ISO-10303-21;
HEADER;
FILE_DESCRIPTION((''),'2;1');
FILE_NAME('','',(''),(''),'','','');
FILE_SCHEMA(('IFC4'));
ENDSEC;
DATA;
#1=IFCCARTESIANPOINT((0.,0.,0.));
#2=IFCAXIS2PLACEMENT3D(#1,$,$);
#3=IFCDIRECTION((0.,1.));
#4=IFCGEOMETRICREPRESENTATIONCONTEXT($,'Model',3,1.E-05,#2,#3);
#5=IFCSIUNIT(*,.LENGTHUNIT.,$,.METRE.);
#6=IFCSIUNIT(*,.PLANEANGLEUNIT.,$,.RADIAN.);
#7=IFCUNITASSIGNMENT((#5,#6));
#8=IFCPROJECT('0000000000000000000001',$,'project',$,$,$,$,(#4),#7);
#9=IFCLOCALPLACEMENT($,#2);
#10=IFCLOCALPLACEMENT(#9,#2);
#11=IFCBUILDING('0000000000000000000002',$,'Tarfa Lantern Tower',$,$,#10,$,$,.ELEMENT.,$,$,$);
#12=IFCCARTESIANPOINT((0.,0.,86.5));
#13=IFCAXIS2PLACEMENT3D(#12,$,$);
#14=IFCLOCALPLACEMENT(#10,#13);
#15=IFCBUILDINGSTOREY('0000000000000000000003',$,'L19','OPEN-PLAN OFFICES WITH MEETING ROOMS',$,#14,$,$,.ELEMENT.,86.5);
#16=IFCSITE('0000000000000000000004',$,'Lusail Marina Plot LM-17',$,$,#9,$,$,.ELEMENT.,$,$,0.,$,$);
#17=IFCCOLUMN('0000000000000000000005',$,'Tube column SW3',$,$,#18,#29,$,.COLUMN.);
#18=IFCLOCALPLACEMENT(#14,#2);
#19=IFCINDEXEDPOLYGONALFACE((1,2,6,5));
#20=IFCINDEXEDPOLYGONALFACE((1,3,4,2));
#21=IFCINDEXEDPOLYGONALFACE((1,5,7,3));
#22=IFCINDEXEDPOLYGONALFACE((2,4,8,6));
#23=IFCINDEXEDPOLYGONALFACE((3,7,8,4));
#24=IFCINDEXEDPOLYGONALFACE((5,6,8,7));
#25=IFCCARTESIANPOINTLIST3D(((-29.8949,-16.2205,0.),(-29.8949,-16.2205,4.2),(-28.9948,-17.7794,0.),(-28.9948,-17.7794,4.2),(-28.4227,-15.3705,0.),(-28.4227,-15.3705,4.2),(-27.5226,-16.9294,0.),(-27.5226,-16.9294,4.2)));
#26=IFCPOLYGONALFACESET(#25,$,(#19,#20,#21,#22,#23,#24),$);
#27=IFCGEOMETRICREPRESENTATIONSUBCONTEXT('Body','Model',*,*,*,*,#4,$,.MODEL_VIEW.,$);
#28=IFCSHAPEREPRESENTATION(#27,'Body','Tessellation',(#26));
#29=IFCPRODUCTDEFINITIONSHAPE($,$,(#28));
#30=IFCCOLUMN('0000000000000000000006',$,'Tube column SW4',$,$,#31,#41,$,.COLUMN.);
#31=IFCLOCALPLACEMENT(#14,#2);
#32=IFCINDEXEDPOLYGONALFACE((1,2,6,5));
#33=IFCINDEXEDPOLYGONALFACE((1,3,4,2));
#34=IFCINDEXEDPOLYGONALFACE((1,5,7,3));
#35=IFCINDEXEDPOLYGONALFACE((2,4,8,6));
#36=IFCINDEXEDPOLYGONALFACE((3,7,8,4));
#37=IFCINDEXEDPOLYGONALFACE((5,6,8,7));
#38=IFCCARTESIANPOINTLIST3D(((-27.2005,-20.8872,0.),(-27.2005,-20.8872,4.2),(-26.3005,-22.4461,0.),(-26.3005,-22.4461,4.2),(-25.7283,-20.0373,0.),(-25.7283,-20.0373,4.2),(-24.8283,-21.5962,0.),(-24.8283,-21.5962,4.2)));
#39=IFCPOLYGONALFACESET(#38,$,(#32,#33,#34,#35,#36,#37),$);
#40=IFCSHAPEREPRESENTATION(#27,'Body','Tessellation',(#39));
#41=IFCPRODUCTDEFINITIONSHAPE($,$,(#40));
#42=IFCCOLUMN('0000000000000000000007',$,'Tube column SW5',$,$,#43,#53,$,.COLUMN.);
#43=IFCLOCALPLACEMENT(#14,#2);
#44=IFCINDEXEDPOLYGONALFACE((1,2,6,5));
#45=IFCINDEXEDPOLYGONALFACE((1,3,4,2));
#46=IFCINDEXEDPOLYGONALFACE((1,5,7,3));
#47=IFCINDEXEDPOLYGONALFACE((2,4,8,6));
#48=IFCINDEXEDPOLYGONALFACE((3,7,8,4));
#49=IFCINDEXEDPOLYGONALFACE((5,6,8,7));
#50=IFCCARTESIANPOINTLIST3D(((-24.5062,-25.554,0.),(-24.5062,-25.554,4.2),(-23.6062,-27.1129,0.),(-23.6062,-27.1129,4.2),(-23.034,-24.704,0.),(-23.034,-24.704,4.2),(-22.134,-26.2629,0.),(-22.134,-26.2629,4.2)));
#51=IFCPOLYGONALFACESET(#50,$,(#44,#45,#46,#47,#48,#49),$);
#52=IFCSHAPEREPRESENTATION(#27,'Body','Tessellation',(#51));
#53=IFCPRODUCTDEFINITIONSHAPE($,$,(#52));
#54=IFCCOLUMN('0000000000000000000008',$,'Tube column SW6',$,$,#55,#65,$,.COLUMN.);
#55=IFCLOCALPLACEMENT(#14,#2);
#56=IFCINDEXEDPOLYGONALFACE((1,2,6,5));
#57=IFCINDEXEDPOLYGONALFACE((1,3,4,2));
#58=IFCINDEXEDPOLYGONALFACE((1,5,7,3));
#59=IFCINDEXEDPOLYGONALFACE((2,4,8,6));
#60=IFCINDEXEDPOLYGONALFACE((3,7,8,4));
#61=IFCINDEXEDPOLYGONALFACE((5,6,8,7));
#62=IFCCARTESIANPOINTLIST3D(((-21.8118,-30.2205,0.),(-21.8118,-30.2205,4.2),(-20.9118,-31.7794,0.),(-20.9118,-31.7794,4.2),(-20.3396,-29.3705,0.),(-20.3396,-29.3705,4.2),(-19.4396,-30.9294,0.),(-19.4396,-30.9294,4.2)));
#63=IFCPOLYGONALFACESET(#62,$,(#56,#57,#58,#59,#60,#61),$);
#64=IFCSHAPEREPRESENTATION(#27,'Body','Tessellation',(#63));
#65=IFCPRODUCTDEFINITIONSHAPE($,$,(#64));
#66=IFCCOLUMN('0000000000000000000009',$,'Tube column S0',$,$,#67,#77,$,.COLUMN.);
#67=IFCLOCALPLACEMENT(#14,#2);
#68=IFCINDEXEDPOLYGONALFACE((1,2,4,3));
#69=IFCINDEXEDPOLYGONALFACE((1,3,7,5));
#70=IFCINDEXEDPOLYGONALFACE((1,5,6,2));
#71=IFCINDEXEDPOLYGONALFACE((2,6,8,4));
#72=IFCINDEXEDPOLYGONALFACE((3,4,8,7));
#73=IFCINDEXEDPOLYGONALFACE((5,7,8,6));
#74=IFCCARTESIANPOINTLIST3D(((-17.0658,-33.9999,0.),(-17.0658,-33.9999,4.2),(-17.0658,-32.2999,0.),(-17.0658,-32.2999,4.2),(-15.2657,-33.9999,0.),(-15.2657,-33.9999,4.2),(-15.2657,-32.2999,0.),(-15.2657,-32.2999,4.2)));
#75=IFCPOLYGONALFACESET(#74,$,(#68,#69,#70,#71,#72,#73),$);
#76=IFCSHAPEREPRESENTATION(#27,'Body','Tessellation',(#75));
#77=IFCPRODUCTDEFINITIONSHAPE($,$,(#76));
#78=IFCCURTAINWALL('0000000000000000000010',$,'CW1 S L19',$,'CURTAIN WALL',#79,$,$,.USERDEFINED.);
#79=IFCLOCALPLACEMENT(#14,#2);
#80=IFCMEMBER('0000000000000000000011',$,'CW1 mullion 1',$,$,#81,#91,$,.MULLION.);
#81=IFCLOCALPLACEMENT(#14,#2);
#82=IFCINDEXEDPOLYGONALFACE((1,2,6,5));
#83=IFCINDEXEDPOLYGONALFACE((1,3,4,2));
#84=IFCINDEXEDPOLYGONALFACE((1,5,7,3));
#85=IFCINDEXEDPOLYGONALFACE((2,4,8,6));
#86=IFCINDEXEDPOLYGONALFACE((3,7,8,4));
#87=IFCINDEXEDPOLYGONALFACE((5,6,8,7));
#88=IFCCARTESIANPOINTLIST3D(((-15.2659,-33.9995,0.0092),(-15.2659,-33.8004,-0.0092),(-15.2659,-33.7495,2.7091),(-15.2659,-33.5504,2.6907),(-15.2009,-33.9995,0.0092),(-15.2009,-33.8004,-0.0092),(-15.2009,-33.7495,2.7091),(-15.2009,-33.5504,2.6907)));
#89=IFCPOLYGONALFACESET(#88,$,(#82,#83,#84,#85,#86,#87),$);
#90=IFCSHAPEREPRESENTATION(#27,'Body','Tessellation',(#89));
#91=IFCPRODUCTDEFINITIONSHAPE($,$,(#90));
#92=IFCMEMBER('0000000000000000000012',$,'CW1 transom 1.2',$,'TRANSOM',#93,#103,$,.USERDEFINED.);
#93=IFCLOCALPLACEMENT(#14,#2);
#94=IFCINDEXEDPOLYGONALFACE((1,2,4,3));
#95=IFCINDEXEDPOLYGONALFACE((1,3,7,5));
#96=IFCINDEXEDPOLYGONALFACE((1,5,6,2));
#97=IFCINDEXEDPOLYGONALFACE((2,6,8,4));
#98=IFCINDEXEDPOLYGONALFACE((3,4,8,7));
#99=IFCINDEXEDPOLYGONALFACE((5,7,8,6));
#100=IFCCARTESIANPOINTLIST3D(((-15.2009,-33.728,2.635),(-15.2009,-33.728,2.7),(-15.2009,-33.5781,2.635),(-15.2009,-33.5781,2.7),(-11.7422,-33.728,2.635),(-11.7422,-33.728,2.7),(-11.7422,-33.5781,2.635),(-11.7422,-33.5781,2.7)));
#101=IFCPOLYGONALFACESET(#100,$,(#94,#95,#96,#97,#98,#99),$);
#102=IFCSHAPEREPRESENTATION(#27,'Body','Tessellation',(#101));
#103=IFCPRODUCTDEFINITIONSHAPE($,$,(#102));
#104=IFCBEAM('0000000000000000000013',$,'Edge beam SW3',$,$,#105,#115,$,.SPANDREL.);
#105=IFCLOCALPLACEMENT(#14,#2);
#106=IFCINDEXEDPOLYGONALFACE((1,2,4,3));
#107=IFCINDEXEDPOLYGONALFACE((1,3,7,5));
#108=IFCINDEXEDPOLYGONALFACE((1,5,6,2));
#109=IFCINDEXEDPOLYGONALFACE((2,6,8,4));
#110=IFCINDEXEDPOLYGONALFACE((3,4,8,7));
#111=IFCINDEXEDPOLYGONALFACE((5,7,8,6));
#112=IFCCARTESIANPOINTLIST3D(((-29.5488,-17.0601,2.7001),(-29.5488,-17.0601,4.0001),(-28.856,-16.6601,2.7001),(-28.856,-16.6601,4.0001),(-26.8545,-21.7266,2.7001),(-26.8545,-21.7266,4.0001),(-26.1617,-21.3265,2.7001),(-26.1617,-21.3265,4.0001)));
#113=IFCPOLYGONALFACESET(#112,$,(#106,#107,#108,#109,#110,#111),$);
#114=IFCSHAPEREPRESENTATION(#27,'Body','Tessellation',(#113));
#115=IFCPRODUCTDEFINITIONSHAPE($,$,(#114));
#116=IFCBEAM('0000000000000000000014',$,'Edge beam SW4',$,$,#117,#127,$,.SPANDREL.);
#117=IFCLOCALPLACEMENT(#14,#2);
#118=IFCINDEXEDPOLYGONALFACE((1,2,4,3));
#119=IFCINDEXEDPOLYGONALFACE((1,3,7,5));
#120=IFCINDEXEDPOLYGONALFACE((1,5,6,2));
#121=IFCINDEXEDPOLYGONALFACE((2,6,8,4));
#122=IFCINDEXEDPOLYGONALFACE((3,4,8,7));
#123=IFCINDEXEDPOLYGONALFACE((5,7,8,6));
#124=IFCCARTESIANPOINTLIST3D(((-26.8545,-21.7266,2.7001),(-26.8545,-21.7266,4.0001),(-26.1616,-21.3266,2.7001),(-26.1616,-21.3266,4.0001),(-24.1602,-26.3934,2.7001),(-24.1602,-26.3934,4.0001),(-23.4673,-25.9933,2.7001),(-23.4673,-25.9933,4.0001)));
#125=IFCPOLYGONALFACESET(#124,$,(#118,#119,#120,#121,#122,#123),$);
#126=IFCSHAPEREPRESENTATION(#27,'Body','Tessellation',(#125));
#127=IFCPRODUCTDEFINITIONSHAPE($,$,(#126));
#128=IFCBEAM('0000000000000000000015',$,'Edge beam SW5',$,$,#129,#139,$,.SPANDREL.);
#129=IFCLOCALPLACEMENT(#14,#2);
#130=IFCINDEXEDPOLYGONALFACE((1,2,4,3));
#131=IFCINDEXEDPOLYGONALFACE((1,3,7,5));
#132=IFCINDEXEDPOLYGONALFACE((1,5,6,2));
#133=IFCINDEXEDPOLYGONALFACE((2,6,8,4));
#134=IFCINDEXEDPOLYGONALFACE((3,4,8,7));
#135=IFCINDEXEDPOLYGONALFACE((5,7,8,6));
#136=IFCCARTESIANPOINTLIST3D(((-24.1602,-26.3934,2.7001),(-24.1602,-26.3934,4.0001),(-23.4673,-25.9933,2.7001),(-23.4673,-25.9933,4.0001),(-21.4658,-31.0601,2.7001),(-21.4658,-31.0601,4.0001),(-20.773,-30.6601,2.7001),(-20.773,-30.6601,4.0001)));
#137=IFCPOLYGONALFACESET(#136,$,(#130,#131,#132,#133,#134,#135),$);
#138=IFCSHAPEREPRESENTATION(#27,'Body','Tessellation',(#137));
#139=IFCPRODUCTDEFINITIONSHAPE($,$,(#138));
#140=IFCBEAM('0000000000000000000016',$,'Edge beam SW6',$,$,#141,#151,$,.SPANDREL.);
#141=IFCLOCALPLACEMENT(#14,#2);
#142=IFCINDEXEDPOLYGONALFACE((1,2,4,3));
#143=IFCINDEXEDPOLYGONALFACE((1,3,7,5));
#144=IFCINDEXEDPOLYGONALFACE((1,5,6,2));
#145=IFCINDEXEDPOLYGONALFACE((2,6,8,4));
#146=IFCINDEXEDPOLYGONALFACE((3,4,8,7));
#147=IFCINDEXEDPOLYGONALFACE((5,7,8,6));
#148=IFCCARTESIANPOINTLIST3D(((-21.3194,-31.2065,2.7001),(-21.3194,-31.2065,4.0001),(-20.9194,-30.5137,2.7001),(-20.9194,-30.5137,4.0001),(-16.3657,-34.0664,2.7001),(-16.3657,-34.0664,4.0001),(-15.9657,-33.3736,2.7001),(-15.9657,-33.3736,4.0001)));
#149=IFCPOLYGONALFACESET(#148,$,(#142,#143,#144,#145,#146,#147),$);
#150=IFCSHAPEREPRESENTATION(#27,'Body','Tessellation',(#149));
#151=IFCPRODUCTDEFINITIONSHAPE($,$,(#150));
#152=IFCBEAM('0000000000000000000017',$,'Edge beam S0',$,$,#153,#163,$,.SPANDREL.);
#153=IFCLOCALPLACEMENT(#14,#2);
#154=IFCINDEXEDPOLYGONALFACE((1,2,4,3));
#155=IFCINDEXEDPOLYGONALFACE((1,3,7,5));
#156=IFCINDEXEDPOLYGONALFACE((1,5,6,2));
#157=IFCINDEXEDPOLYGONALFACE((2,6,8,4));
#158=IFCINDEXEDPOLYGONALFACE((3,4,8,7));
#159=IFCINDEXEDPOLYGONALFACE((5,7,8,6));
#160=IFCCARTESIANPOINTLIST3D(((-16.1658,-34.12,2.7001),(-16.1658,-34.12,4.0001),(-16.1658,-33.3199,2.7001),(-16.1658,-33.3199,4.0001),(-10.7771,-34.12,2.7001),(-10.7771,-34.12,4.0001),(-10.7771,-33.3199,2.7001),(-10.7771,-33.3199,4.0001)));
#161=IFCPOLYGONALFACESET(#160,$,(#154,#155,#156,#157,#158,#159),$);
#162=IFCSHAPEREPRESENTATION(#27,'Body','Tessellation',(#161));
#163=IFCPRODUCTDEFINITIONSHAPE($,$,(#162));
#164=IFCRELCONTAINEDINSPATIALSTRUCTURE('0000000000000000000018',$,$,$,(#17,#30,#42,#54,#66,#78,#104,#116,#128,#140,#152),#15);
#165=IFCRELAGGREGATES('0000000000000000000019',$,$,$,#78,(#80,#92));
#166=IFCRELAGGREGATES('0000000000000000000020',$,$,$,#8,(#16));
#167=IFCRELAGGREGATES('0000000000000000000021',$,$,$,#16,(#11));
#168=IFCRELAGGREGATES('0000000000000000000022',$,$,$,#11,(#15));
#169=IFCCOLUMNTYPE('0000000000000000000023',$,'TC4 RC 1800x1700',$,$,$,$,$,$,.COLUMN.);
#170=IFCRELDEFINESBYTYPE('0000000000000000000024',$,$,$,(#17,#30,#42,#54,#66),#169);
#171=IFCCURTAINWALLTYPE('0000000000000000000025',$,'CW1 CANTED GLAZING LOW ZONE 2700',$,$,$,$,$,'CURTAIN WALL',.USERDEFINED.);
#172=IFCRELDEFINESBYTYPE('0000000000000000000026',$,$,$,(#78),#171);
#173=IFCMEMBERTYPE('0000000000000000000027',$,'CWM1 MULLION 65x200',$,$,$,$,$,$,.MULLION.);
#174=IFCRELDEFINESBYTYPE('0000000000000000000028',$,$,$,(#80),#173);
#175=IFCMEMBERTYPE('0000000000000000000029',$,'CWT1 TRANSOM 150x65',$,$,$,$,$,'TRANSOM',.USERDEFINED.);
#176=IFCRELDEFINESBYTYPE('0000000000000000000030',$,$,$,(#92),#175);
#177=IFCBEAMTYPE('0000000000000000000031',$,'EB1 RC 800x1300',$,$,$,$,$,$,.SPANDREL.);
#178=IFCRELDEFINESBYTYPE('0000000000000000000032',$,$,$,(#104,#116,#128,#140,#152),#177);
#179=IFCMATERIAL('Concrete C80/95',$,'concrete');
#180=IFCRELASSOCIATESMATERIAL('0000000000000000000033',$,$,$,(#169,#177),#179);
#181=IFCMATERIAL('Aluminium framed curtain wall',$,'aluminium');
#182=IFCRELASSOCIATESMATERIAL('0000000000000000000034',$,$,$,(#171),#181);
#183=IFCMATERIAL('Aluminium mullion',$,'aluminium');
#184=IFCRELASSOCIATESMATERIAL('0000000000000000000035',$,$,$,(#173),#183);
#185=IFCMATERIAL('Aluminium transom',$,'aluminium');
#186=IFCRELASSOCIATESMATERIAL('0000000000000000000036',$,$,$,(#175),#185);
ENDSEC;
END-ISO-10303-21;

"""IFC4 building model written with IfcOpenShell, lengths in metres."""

from ifc_helpers import new_model, si_unit, direction, frame, origin, origin_2d, place, context, subcontext, project, spatial, rectangle, extrude, material, material_profile, profile_set, type_object, element, aggregate, save


model = new_model("IFC4")

# Units and contexts
model_context = context("Model", 3, precision=1e-05, world=origin(), true_north=direction((0.0, 1.0)))
body_context = subcontext(model_context, "Body", "Model", "MODEL_VIEW")
ifc_project = project(units=[si_unit("LENGTHUNIT", "METRE"), si_unit("PLANEANGLEUNIT", "RADIAN")], contexts=[model_context])

# Site, building, storey
site_placement = place(None, origin())
site = spatial("IfcSite", under=ifc_project, at=site_placement, Name="Lusail Marina Plot LM-17", CompositionType="ELEMENT", RefElevation=0.0)
building_placement = place(site_placement, origin())
building = spatial("IfcBuilding", under=site, at=building_placement, Name="Tarfa Lantern Tower", CompositionType="ELEMENT")
storey_placement = place(building_placement, frame((0.0, 0.0, 86.5)))
storey = spatial("IfcBuildingStorey", under=building, at=storey_placement, Name="L19", Description="OPEN-PLAN OFFICES WITH MEETING ROOMS", CompositionType="ELEMENT", Elevation=86.5)

# Columns
ifc_material_1 = material(Name="Concrete C80/95", Category="concrete")
ifc_material_profile_1 = material_profile(ifc_material_1, rectangle(XDim=1.8, YDim=1.7, at=origin_2d()), Name="RC 1800x1700")
ifc_profile_set_1 = profile_set([ifc_material_profile_1], Name="Concrete C80/95")
column_type = type_object("IfcColumnType", Name="TC4 RC 1800x1700", PredefinedType="COLUMN", material=ifc_profile_set_1)
for number, where, z_axis, x_axis, name in (
    (1, (-28.7087, -16.575, 0.0), (0.0, 0.0, 1.0), (0.5, -0.866025, 0.0), "Tube column SW3"),
    (2, (-26.0144, -21.2417, 0.0), (0.0, 0.0, 1.0), (0.5, -0.866025, 0.0), "Tube column SW4"),
    (3, (-23.3201, -25.9084, 0.0), (0.0, 0.0, 1.0), (0.5, -0.866025, 0.0), "Tube column SW5"),
    (4, (-20.6257, -30.575, 0.0), (0.0, 0.0, 1.0), (0.5, -0.866025, 0.0), "Tube column SW6"),
    (5, (-16.1658, -33.1499, 0.0), (0.0, 0.0, 1.0), (1.0, 0.0, 0.0), "Tube column S0"),
):
    element("IfcColumn", number, at=place(storey_placement, frame(where, z_axis=z_axis, x_axis=x_axis)), inside=storey, type_object=column_type, Name=name, PredefinedType="COLUMN", context=body_context, shape_type="SweptSolid", body=[
        extrude(rectangle(XDim=1.8, YDim=1.7, at=origin_2d()), origin(), (0.0, 0.0, 1.0), 4.2),
    ])

# Curtain wall, members
ifc_material_2 = material(Name="Aluminium framed curtain wall", Category="aluminium")
curtain_wall_type = type_object("IfcCurtainWallType", Name="CW1 CANTED GLAZING LOW ZONE 2700", ElementType="CURTAIN WALL", PredefinedType="USERDEFINED", material=ifc_material_2)
curtain_wall_placement = place(storey_placement, origin())
curtain_wall = element("IfcCurtainWall", 6, at=curtain_wall_placement, inside=storey, type_object=curtain_wall_type, Name="CW1 S L19", ObjectType="CURTAIN WALL", PredefinedType="USERDEFINED")
ifc_material_3 = material(Name="Aluminium mullion", Category="aluminium")
ifc_material_profile_2 = material_profile(ifc_material_3, rectangle(XDim=0.0649, YDim=0.2, at=origin_2d()), Name="AL MULLION 65x200")
ifc_profile_set_2 = profile_set([ifc_material_profile_2], Name="Aluminium mullion")
member_type_1 = type_object("IfcMemberType", Name="CWM1 MULLION 65x200", PredefinedType="MULLION", material=ifc_profile_set_2)
member_1_placement = place(storey_placement, frame((-15.2334, -33.8999, 0.0), z_axis=(0.0, 0.0922, 0.995741), x_axis=(-1.0, 0.0, 0.0)))
member_1 = element("IfcMember", 7, at=member_1_placement, type_object=member_type_1, Name="CW1 mullion 1", PredefinedType="MULLION", context=body_context, shape_type="SweptSolid", body=[
    extrude(rectangle(XDim=0.0649, YDim=0.2, at=origin_2d()), origin(), (0.0, 0.0, 1.0), 2.7114),
])
ifc_material_4 = material(Name="Aluminium transom", Category="aluminium")
ifc_material_profile_3 = material_profile(ifc_material_4, rectangle(XDim=0.1499, YDim=0.0649, at=origin_2d()), Name="AL TRANSOM 150x65")
ifc_profile_set_3 = profile_set([ifc_material_profile_3], Name="Aluminium transom")
member_type_2 = type_object("IfcMemberType", Name="CWT1 TRANSOM 150x65", ElementType="TRANSOM", PredefinedType="USERDEFINED", material=ifc_profile_set_3)
member_2_placement = place(storey_placement, frame((-15.2009, -33.6531, 2.6675), z_axis=(1.0, 0.0, 0.0), x_axis=(0.0, 1.0, 0.0)))
member_2 = element("IfcMember", 8, at=member_2_placement, type_object=member_type_2, Name="CW1 transom 1.2", ObjectType="TRANSOM", PredefinedType="USERDEFINED", context=body_context, shape_type="SweptSolid", body=[
    extrude(rectangle(XDim=0.1499, YDim=0.0649, at=origin_2d()), origin(), (0.0, 0.0, 1.0), 3.4587),
])

# Beams
ifc_material_profile_4 = material_profile(ifc_material_1, rectangle(XDim=0.8, YDim=1.3, at=origin_2d()), Name="RC 800x1300")
ifc_profile_set_4 = profile_set([ifc_material_profile_4], Name="Concrete C80/95")
beam_type_1 = type_object("IfcBeamType", Name="EB1 RC 800x1300", PredefinedType="SPANDREL", material=ifc_profile_set_4)
beam_1_placement = place(storey_placement, frame((-29.2024, -16.8601, 3.3501), z_axis=(0.500018, -0.866015, 0.0), x_axis=(0.866015, 0.500018, 0.0)))
element("IfcBeam", 9, at=beam_1_placement, inside=storey, type_object=beam_type_1, Name="Edge beam SW3", PredefinedType="SPANDREL", context=body_context, shape_type="SweptSolid", body=[
    extrude(rectangle(XDim=0.8, YDim=1.3, at=origin_2d()), origin(), (0.0, 0.0, 1.0), 5.3884),
])
for number, where, z_axis, x_axis, name in (
    (10, (-26.5081, -21.5266, 3.3501), (0.499998, -0.866026, 0.0), (0.866026, 0.499998, 0.0), "Edge beam SW4"),
    (11, (-23.8137, -26.1934, 3.3501), (0.499998, -0.866026, 0.0), (0.866026, 0.499998, 0.0), "Edge beam SW5"),
):
    element("IfcBeam", number, at=place(storey_placement, frame(where, z_axis=z_axis, x_axis=x_axis)), inside=storey, type_object=beam_type_1, Name=name, PredefinedType="SPANDREL", context=body_context, shape_type="SweptSolid", body=[
        extrude(rectangle(XDim=0.8, YDim=1.3, at=origin_2d()), origin(), (0.0, 0.0, 1.0), 5.3887),
    ])
beam_2_placement = place(storey_placement, frame((-21.1194, -30.8601, 3.3501), z_axis=(0.866033, -0.499986, 0.0), x_axis=(0.499986, 0.866033, 0.0)))
element("IfcBeam", 12, at=beam_2_placement, inside=storey, type_object=beam_type_1, Name="Edge beam SW6", PredefinedType="SPANDREL", context=body_context, shape_type="SweptSolid", body=[
    extrude(rectangle(XDim=0.8, YDim=1.3, at=origin_2d()), origin(), (0.0, 0.0, 1.0), 5.72),
])
beam_3_placement = place(storey_placement, frame((-16.1658, -33.72, 3.3501), z_axis=(1.0, 0.0, 0.0), x_axis=(0.0, 1.0, 0.0)))
element("IfcBeam", 13, at=beam_3_placement, inside=storey, type_object=beam_type_1, Name="Edge beam S0", PredefinedType="SPANDREL", context=body_context, shape_type="SweptSolid", body=[
    extrude(rectangle(XDim=0.8, YDim=1.3, at=origin_2d()), origin(), (0.0, 0.0, 1.0), 5.3887),
])

aggregate(curtain_wall, [member_1, member_2])

save(model, "model.ifc")
